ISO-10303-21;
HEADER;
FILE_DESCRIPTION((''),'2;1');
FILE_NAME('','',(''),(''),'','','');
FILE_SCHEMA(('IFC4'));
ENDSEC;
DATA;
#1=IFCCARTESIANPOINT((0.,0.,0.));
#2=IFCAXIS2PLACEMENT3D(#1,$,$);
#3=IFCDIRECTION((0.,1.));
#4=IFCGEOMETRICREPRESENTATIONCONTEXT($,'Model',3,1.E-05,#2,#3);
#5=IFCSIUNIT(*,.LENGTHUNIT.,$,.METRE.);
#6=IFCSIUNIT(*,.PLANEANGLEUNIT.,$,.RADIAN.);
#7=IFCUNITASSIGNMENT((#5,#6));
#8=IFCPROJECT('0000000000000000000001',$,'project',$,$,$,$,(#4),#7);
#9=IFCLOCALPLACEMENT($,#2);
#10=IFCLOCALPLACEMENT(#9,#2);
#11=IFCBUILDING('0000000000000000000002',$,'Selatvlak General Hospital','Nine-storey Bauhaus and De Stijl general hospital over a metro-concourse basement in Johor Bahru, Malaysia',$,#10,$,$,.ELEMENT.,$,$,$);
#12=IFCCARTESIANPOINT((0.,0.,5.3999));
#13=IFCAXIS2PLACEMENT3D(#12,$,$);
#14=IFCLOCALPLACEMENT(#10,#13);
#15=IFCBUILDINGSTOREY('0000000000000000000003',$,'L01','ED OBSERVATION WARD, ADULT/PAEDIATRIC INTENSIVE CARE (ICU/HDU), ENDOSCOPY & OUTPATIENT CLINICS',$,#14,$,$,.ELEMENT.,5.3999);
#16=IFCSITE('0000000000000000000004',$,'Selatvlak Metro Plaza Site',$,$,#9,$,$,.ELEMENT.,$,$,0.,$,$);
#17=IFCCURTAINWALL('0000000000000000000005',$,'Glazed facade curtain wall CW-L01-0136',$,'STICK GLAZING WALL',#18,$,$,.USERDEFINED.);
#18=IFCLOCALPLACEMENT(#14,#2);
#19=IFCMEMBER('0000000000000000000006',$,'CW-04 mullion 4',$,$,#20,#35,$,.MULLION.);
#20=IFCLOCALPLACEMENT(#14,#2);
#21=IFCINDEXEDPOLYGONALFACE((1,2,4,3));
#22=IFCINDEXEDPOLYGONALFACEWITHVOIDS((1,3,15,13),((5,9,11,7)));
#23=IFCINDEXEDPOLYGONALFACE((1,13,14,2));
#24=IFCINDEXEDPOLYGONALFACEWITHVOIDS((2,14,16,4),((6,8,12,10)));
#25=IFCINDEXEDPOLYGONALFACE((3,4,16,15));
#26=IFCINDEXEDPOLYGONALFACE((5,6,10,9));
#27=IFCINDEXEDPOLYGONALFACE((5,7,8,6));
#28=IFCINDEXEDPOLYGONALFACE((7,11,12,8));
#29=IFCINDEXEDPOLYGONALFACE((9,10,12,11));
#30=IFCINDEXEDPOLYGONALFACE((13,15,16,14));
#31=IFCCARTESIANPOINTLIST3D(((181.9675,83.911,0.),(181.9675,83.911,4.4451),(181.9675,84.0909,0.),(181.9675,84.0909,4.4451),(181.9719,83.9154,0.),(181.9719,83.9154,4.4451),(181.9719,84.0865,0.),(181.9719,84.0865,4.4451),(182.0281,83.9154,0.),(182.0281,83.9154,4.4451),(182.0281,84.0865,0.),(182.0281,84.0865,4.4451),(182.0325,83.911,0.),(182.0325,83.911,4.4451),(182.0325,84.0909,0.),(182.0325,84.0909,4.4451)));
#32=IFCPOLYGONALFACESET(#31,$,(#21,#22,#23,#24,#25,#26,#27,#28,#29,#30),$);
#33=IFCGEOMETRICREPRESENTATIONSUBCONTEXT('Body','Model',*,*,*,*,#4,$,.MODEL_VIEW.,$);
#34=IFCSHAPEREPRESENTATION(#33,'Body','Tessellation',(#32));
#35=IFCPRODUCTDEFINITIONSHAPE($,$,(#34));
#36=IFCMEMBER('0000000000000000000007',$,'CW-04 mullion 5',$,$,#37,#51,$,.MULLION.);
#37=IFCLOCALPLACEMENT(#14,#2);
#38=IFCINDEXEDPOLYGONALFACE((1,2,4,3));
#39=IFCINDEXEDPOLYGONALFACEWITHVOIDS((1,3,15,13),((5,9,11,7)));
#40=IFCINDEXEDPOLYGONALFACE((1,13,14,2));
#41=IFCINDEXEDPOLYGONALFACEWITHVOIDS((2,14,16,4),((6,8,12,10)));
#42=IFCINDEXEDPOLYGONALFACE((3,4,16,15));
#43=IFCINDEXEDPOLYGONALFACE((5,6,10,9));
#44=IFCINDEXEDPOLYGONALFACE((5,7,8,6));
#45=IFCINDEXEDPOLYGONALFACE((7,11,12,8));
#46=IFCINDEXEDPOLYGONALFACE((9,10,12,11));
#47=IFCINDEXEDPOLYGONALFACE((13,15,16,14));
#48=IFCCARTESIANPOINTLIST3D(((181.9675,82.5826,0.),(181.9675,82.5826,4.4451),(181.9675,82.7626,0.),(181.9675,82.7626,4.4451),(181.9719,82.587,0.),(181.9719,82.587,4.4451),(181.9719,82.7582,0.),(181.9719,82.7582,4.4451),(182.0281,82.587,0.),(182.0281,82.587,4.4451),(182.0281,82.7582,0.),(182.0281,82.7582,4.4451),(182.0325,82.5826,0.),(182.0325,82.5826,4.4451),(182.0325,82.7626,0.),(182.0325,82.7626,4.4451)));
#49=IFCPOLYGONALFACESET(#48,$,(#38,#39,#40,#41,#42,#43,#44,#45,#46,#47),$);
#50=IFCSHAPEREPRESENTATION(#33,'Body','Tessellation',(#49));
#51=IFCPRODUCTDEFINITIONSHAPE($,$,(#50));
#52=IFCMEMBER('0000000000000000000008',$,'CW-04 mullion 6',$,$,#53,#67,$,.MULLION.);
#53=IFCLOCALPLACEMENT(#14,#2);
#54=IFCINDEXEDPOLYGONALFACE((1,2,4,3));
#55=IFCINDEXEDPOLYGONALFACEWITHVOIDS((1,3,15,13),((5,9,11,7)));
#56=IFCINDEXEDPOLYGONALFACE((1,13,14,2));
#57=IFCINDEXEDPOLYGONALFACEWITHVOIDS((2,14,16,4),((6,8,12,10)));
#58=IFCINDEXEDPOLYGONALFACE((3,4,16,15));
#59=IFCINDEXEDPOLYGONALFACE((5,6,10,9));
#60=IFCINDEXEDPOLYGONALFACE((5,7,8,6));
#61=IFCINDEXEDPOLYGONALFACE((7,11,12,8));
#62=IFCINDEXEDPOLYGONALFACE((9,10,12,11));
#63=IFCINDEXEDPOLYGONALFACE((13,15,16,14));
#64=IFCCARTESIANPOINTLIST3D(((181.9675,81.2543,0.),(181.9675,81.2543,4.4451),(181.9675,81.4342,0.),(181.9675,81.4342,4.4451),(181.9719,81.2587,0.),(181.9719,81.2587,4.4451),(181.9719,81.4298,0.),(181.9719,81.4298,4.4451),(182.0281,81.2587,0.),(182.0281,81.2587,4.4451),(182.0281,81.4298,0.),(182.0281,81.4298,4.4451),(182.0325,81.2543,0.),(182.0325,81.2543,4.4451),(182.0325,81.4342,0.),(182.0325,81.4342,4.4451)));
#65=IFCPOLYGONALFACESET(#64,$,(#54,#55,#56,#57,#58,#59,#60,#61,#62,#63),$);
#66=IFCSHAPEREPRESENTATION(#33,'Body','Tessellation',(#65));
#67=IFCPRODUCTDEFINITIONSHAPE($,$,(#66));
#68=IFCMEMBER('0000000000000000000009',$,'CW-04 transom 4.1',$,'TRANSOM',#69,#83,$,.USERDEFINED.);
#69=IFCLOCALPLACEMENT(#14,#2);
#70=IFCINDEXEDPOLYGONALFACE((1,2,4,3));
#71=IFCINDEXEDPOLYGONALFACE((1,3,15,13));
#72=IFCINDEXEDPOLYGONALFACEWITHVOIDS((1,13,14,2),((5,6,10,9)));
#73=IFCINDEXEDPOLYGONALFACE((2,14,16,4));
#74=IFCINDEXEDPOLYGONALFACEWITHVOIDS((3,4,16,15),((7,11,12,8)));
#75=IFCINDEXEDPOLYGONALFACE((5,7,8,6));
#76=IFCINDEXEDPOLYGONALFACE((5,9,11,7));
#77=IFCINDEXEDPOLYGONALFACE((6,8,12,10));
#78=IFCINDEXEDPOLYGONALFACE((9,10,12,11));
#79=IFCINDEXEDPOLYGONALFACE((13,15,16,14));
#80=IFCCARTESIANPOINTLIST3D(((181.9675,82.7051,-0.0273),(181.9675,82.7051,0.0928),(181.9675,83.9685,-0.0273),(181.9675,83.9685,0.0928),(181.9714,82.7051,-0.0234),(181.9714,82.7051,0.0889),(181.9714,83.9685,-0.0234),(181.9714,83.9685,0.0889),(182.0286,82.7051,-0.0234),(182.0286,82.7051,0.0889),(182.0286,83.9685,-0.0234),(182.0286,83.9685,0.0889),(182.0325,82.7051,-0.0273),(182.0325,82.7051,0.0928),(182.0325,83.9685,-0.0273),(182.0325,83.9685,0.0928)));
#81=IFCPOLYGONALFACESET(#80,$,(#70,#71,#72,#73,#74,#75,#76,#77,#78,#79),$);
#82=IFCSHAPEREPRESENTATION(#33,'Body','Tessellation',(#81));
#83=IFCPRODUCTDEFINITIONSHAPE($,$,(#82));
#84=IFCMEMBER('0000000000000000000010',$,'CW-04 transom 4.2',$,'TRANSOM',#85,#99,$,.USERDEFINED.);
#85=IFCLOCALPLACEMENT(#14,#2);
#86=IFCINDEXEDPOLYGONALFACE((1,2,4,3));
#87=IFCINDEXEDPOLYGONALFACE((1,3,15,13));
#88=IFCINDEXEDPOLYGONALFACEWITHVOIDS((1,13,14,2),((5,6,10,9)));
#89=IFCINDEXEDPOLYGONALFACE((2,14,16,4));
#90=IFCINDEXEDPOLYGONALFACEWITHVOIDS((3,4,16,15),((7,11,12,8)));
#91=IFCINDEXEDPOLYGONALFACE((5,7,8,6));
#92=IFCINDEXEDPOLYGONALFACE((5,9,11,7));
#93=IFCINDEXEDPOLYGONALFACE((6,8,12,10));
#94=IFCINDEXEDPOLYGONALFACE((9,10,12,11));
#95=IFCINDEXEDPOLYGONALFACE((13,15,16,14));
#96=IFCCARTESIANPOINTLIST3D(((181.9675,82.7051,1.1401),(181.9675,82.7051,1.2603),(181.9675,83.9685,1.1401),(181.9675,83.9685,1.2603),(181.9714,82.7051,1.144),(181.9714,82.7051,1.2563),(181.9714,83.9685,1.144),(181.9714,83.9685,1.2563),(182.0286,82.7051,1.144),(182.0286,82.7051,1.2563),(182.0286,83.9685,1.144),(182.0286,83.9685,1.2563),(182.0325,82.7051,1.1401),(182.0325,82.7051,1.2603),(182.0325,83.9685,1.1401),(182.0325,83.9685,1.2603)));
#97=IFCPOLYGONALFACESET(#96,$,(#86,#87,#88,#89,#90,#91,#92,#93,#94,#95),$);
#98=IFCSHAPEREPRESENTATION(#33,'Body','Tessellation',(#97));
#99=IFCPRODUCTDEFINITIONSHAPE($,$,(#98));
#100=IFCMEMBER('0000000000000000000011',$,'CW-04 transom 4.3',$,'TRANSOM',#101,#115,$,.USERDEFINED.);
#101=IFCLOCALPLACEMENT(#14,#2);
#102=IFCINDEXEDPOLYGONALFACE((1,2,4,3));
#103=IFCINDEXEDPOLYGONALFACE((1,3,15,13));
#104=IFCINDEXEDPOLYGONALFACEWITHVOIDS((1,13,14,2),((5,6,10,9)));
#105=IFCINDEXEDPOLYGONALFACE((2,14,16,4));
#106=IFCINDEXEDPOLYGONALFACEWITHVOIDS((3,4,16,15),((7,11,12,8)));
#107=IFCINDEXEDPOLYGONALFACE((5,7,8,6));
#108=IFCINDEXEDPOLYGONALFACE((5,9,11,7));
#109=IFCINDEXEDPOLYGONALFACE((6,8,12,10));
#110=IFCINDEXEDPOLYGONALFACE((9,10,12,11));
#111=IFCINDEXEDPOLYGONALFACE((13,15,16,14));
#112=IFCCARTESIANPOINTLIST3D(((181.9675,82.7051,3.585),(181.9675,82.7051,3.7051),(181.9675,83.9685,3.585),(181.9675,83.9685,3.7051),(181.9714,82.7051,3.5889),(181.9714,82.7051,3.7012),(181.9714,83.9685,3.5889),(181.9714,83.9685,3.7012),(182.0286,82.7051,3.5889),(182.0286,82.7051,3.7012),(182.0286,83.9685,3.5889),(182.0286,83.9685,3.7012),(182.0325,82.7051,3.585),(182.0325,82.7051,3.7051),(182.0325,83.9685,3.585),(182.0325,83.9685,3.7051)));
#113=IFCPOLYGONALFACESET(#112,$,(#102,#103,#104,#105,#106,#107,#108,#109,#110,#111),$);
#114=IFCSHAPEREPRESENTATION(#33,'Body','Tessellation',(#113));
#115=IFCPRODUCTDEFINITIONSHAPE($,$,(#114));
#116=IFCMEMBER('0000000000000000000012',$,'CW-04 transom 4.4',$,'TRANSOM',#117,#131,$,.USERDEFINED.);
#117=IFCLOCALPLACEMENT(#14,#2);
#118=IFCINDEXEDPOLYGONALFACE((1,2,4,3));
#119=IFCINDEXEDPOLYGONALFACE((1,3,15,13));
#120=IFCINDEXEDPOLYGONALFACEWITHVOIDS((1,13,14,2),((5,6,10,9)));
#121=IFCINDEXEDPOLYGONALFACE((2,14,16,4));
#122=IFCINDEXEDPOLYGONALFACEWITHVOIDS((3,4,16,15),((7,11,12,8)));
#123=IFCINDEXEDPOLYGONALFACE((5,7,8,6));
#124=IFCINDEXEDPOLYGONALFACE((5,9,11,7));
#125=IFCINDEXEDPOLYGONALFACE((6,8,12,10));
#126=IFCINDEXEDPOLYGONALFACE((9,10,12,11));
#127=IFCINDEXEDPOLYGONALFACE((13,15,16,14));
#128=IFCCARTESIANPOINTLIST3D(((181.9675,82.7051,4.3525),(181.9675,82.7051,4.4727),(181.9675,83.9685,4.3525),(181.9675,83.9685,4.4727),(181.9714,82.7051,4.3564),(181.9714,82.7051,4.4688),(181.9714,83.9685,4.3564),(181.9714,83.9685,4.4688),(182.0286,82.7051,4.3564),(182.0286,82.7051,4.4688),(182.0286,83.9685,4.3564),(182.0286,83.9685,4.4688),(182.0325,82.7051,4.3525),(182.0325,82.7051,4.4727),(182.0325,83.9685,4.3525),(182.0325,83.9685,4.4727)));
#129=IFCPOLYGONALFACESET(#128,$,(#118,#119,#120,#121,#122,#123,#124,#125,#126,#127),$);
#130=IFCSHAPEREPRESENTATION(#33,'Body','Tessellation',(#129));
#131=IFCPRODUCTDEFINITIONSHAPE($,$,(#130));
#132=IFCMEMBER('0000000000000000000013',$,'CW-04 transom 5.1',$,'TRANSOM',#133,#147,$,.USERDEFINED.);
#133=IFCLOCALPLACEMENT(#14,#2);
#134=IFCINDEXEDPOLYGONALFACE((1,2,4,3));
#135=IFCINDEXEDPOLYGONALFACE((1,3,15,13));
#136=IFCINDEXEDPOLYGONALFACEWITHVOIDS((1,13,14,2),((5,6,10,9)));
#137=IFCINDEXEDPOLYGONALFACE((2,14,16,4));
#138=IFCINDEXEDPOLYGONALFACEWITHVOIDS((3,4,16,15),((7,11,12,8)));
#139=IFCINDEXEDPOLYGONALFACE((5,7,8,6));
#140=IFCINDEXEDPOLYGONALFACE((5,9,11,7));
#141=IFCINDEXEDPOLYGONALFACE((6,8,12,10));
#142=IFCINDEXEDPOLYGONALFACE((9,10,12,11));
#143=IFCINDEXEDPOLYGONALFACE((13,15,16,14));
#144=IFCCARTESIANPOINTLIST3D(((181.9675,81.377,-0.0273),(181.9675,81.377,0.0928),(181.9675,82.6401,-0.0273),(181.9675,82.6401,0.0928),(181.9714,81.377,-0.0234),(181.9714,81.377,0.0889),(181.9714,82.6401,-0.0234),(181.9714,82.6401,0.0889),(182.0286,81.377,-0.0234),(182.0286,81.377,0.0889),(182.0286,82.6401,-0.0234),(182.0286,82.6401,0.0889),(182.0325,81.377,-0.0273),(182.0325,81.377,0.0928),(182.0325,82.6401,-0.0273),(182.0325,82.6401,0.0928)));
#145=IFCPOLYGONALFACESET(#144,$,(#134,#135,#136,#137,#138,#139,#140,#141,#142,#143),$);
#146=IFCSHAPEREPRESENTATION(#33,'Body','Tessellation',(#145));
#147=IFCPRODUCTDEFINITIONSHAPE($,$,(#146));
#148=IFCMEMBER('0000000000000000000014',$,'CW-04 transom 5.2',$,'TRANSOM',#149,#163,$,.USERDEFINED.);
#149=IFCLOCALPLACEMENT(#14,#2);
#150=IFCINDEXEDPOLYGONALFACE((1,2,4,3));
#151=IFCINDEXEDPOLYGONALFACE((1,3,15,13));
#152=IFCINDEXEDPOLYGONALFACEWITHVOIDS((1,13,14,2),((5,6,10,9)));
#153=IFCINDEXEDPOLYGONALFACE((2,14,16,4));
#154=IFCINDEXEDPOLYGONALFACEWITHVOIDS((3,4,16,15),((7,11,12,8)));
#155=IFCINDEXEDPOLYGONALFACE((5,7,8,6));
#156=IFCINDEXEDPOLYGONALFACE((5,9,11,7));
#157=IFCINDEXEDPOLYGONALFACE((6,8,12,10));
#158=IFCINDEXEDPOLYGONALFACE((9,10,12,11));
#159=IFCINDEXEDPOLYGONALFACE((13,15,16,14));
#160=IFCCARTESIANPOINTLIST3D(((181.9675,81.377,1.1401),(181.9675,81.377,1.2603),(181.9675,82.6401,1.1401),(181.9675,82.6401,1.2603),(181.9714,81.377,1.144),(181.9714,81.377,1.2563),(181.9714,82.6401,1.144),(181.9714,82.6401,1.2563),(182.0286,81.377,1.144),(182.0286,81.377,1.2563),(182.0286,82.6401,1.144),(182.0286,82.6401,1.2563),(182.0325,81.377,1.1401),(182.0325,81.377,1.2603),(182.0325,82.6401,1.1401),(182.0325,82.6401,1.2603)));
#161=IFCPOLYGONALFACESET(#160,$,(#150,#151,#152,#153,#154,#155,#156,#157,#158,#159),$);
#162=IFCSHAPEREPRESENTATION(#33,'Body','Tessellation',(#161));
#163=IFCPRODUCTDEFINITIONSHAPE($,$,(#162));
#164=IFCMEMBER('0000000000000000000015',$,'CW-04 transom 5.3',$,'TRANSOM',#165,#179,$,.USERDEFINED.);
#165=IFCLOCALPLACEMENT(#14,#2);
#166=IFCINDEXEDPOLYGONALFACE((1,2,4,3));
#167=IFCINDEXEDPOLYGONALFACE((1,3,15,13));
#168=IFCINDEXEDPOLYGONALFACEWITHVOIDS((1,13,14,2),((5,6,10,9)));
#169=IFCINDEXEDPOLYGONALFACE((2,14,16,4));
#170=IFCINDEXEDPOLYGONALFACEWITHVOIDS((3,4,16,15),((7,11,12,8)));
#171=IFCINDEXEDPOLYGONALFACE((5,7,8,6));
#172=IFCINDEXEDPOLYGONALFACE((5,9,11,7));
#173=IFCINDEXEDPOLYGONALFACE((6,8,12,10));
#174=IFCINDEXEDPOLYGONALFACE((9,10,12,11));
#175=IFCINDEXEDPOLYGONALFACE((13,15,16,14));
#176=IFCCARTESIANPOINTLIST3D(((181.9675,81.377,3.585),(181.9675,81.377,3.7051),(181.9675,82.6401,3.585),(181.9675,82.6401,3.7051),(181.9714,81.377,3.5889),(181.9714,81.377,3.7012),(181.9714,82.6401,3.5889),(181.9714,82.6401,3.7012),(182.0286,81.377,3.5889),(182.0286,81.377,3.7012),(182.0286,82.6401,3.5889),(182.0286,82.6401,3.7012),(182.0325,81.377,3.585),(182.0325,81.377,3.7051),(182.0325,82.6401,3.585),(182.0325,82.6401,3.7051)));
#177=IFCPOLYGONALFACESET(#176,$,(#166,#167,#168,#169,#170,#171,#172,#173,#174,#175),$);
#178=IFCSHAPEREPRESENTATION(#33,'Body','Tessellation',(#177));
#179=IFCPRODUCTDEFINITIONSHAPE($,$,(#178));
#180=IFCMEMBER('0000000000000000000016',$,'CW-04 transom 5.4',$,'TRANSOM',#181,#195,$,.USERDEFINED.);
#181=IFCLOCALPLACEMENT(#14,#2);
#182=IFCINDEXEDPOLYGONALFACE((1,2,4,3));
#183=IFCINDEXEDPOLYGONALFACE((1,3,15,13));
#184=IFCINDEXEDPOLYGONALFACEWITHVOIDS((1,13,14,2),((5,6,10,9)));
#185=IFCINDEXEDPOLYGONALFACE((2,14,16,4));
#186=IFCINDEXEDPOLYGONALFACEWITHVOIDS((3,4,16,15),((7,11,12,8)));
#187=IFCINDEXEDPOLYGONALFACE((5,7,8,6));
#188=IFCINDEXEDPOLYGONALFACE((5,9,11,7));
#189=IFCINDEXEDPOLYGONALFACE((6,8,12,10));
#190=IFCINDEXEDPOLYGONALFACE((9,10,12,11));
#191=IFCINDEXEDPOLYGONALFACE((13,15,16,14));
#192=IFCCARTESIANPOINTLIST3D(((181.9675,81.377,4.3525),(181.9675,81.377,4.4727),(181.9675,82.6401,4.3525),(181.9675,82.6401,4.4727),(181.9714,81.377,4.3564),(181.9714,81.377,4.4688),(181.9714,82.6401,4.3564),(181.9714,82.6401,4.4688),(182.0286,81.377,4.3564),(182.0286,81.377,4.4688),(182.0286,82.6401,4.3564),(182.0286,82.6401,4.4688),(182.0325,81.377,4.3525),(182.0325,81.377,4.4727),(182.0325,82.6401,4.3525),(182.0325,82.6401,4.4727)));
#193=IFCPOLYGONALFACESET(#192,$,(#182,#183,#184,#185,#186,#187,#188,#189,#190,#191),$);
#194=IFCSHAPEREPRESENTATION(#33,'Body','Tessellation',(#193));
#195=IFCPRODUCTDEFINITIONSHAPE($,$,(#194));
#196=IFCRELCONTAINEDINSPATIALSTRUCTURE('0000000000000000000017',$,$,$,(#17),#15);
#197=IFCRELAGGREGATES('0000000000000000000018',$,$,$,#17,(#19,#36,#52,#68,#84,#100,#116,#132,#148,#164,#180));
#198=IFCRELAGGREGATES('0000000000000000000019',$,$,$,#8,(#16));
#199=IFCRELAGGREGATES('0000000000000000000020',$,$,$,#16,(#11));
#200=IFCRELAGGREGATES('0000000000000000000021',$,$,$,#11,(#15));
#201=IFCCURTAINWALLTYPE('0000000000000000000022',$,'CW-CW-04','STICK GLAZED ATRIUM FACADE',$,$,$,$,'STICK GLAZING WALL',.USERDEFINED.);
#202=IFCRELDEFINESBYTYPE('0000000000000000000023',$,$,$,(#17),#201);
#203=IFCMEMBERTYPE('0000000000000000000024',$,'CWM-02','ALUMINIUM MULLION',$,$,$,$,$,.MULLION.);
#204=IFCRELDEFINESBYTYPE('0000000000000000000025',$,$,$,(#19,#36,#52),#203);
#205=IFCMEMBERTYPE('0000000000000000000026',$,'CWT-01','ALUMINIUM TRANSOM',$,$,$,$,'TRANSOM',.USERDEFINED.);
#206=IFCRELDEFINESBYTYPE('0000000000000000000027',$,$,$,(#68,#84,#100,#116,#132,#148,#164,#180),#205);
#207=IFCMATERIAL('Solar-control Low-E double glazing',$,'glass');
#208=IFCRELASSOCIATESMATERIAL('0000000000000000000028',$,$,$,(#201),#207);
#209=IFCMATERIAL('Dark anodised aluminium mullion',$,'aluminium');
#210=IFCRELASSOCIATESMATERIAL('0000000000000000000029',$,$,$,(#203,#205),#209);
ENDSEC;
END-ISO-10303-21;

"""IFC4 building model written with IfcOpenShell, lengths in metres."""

from ifc_helpers import new_model, si_unit, direction, frame, origin, origin_2d, place, context, subcontext, project, spatial, hollow_rectangle, extrude, material, material_profile, profile_set, type_object, element, aggregate, save


model = new_model("IFC4")

# Units and contexts
model_context = context("Model", 3, precision=1e-05, world=origin(), true_north=direction((0.0, 1.0)))
body_context = subcontext(model_context, "Body", "Model", "MODEL_VIEW")
ifc_project = project(units=[si_unit("LENGTHUNIT", "METRE"), si_unit("PLANEANGLEUNIT", "RADIAN")], contexts=[model_context])

# Site, building, storey
site_placement = place(None, origin())
site = spatial("IfcSite", under=ifc_project, at=site_placement, Name="Selatvlak Metro Plaza Site", CompositionType="ELEMENT", RefElevation=0.0)
building_placement = place(site_placement, origin())
building = spatial("IfcBuilding", under=site, at=building_placement, Name="Selatvlak General Hospital", Description="Nine-storey Bauhaus and De Stijl general hospital over a metro-concourse basement in Johor Bahru, Malaysia", CompositionType="ELEMENT")
storey_placement = place(building_placement, frame((0.0, 0.0, 5.3999)))
storey = spatial("IfcBuildingStorey", under=building, at=storey_placement, Name="L01", Description="ED OBSERVATION WARD, ADULT/PAEDIATRIC INTENSIVE CARE (ICU/HDU), ENDOSCOPY & OUTPATIENT CLINICS", CompositionType="ELEMENT", Elevation=5.3999)

# Curtain wall, members
ifc_material_1 = material(Name="Solar-control Low-E double glazing", Category="glass")
curtain_wall_type = type_object("IfcCurtainWallType", Name="CW-CW-04", Description="STICK GLAZED ATRIUM FACADE", ElementType="STICK GLAZING WALL", PredefinedType="USERDEFINED", material=ifc_material_1)
curtain_wall_placement = place(storey_placement, origin())
curtain_wall = element("IfcCurtainWall", 1, at=curtain_wall_placement, inside=storey, type_object=curtain_wall_type, Name="Glazed facade curtain wall CW-L01-0136", ObjectType="STICK GLAZING WALL", PredefinedType="USERDEFINED")
ifc_material_2 = material(Name="Dark anodised aluminium mullion", Category="aluminium")
ifc_material_profile_1 = material_profile(ifc_material_2, hollow_rectangle(XDim=0.0649, YDim=0.1799, WallThickness=0.0044, at=origin_2d()), Name="AL-MUL 65x180x4.5")
ifc_profile_set_1 = profile_set([ifc_material_profile_1], Name="Dark anodised aluminium mullion")
member_type_1 = type_object("IfcMemberType", Name="CWM-02", Description="ALUMINIUM MULLION", PredefinedType="MULLION", material=ifc_profile_set_1)
member_1_placement = place(storey_placement, frame((182.0, 84.001, 0.0), z_axis=(0.0, 0.0, 1.0), x_axis=(1.0, 0.0, 0.0)))
member_1 = element("IfcMember", 2, at=member_1_placement, type_object=member_type_1, Name="CW-04 mullion 4", PredefinedType="MULLION", context=body_context, shape_type="SweptSolid", body=[
    extrude(hollow_rectangle(XDim=0.0649, YDim=0.1799, WallThickness=0.0044, at=origin_2d()), origin(), (0.0, 0.0, 1.0), 4.4451),
])
member_2_placement = place(storey_placement, frame((182.0, 82.6726, 0.0), z_axis=(0.0, 0.0, 1.0), x_axis=(1.0, 0.0, 0.0)))
member_2 = element("IfcMember", 3, at=member_2_placement, type_object=member_type_1, Name="CW-04 mullion 5", PredefinedType="MULLION", context=body_context, shape_type="SweptSolid", body=[
    extrude(hollow_rectangle(XDim=0.0649, YDim=0.1799, WallThickness=0.0044, at=origin_2d()), origin(), (0.0, 0.0, 1.0), 4.4451),
])
member_3_placement = place(storey_placement, frame((182.0, 81.3442, 0.0), z_axis=(0.0, 0.0, 1.0), x_axis=(1.0, 0.0, 0.0)))
member_3 = element("IfcMember", 4, at=member_3_placement, type_object=member_type_1, Name="CW-04 mullion 6", PredefinedType="MULLION", context=body_context, shape_type="SweptSolid", body=[
    extrude(hollow_rectangle(XDim=0.0649, YDim=0.1799, WallThickness=0.0044, at=origin_2d()), origin(), (0.0, 0.0, 1.0), 4.4451),
])
ifc_material_profile_2 = material_profile(ifc_material_2, hollow_rectangle(XDim=0.0649, YDim=0.1201, WallThickness=0.0039, at=origin_2d()), Name="AL-TRN 65x120x4")
ifc_profile_set_2 = profile_set([ifc_material_profile_2], Name="Dark anodised aluminium mullion")
member_type_2 = type_object("IfcMemberType", Name="CWT-01", Description="ALUMINIUM TRANSOM", ElementType="TRANSOM", PredefinedType="USERDEFINED", material=ifc_profile_set_2)
member_4_placement = place(storey_placement, frame((182.0, 83.9685, 0.0327), z_axis=(0.0, -1.0, 0.0), x_axis=(1.0, 0.0, 0.0)))
member_4 = element("IfcMember", 5, at=member_4_placement, type_object=member_type_2, Name="CW-04 transom 4.1", ObjectType="TRANSOM", PredefinedType="USERDEFINED", context=body_context, shape_type="SweptSolid", body=[
    extrude(hollow_rectangle(XDim=0.0649, YDim=0.1201, WallThickness=0.0039, at=origin_2d()), origin(), (0.0, 0.0, 1.0), 1.2634),
])
member_5_placement = place(storey_placement, frame((182.0, 83.9685, 1.2002), z_axis=(0.0, -1.0, 0.0), x_axis=(1.0, 0.0, 0.0)))
member_5 = element("IfcMember", 6, at=member_5_placement, type_object=member_type_2, Name="CW-04 transom 4.2", ObjectType="TRANSOM", PredefinedType="USERDEFINED", context=body_context, shape_type="SweptSolid", body=[
    extrude(hollow_rectangle(XDim=0.0649, YDim=0.1201, WallThickness=0.0039, at=origin_2d()), origin(), (0.0, 0.0, 1.0), 1.2634),
])
member_6_placement = place(storey_placement, frame((182.0, 83.9685, 3.645), z_axis=(0.0, -1.0, 0.0), x_axis=(1.0, 0.0, 0.0)))
member_6 = element("IfcMember", 7, at=member_6_placement, type_object=member_type_2, Name="CW-04 transom 4.3", ObjectType="TRANSOM", PredefinedType="USERDEFINED", context=body_context, shape_type="SweptSolid", body=[
    extrude(hollow_rectangle(XDim=0.0649, YDim=0.1201, WallThickness=0.0039, at=origin_2d()), origin(), (0.0, 0.0, 1.0), 1.2634),
])
member_7_placement = place(storey_placement, frame((182.0, 83.9685, 4.4126), z_axis=(0.0, -1.0, 0.0), x_axis=(1.0, 0.0, 0.0)))
member_7 = element("IfcMember", 8, at=member_7_placement, type_object=member_type_2, Name="CW-04 transom 4.4", ObjectType="TRANSOM", PredefinedType="USERDEFINED", context=body_context, shape_type="SweptSolid", body=[
    extrude(hollow_rectangle(XDim=0.0649, YDim=0.1201, WallThickness=0.0039, at=origin_2d()), origin(), (0.0, 0.0, 1.0), 1.2634),
])
member_8_placement = place(storey_placement, frame((182.0, 82.6401, 0.0327), z_axis=(0.0, -1.0, 0.0), x_axis=(1.0, 0.0, 0.0)))
member_8 = element("IfcMember", 9, at=member_8_placement, type_object=member_type_2, Name="CW-04 transom 5.1", ObjectType="TRANSOM", PredefinedType="USERDEFINED", context=body_context, shape_type="SweptSolid", body=[
    extrude(hollow_rectangle(XDim=0.0649, YDim=0.1201, WallThickness=0.0039, at=origin_2d()), origin(), (0.0, 0.0, 1.0), 1.2632),
])
member_9_placement = place(storey_placement, frame((182.0, 82.6401, 1.2002), z_axis=(0.0, -1.0, 0.0), x_axis=(1.0, 0.0, 0.0)))
member_9 = element("IfcMember", 10, at=member_9_placement, type_object=member_type_2, Name="CW-04 transom 5.2", ObjectType="TRANSOM", PredefinedType="USERDEFINED", context=body_context, shape_type="SweptSolid", body=[
    extrude(hollow_rectangle(XDim=0.0649, YDim=0.1201, WallThickness=0.0039, at=origin_2d()), origin(), (0.0, 0.0, 1.0), 1.2632),
])
member_10_placement = place(storey_placement, frame((182.0, 82.6401, 3.645), z_axis=(0.0, -1.0, 0.0), x_axis=(1.0, 0.0, 0.0)))
member_10 = element("IfcMember", 11, at=member_10_placement, type_object=member_type_2, Name="CW-04 transom 5.3", ObjectType="TRANSOM", PredefinedType="USERDEFINED", context=body_context, shape_type="SweptSolid", body=[
    extrude(hollow_rectangle(XDim=0.0649, YDim=0.1201, WallThickness=0.0039, at=origin_2d()), origin(), (0.0, 0.0, 1.0), 1.2632),
])
member_11_placement = place(storey_placement, frame((182.0, 82.6401, 4.4126), z_axis=(0.0, -1.0, 0.0), x_axis=(1.0, 0.0, 0.0)))
member_11 = element("IfcMember", 12, at=member_11_placement, type_object=member_type_2, Name="CW-04 transom 5.4", ObjectType="TRANSOM", PredefinedType="USERDEFINED", context=body_context, shape_type="SweptSolid", body=[
    extrude(hollow_rectangle(XDim=0.0649, YDim=0.1201, WallThickness=0.0039, at=origin_2d()), origin(), (0.0, 0.0, 1.0), 1.2632),
])
aggregate(curtain_wall, [member_1, member_2, member_3, member_4, member_5, member_6, member_7, member_8, member_9, member_10, member_11])

save(model, "model.ifc")
